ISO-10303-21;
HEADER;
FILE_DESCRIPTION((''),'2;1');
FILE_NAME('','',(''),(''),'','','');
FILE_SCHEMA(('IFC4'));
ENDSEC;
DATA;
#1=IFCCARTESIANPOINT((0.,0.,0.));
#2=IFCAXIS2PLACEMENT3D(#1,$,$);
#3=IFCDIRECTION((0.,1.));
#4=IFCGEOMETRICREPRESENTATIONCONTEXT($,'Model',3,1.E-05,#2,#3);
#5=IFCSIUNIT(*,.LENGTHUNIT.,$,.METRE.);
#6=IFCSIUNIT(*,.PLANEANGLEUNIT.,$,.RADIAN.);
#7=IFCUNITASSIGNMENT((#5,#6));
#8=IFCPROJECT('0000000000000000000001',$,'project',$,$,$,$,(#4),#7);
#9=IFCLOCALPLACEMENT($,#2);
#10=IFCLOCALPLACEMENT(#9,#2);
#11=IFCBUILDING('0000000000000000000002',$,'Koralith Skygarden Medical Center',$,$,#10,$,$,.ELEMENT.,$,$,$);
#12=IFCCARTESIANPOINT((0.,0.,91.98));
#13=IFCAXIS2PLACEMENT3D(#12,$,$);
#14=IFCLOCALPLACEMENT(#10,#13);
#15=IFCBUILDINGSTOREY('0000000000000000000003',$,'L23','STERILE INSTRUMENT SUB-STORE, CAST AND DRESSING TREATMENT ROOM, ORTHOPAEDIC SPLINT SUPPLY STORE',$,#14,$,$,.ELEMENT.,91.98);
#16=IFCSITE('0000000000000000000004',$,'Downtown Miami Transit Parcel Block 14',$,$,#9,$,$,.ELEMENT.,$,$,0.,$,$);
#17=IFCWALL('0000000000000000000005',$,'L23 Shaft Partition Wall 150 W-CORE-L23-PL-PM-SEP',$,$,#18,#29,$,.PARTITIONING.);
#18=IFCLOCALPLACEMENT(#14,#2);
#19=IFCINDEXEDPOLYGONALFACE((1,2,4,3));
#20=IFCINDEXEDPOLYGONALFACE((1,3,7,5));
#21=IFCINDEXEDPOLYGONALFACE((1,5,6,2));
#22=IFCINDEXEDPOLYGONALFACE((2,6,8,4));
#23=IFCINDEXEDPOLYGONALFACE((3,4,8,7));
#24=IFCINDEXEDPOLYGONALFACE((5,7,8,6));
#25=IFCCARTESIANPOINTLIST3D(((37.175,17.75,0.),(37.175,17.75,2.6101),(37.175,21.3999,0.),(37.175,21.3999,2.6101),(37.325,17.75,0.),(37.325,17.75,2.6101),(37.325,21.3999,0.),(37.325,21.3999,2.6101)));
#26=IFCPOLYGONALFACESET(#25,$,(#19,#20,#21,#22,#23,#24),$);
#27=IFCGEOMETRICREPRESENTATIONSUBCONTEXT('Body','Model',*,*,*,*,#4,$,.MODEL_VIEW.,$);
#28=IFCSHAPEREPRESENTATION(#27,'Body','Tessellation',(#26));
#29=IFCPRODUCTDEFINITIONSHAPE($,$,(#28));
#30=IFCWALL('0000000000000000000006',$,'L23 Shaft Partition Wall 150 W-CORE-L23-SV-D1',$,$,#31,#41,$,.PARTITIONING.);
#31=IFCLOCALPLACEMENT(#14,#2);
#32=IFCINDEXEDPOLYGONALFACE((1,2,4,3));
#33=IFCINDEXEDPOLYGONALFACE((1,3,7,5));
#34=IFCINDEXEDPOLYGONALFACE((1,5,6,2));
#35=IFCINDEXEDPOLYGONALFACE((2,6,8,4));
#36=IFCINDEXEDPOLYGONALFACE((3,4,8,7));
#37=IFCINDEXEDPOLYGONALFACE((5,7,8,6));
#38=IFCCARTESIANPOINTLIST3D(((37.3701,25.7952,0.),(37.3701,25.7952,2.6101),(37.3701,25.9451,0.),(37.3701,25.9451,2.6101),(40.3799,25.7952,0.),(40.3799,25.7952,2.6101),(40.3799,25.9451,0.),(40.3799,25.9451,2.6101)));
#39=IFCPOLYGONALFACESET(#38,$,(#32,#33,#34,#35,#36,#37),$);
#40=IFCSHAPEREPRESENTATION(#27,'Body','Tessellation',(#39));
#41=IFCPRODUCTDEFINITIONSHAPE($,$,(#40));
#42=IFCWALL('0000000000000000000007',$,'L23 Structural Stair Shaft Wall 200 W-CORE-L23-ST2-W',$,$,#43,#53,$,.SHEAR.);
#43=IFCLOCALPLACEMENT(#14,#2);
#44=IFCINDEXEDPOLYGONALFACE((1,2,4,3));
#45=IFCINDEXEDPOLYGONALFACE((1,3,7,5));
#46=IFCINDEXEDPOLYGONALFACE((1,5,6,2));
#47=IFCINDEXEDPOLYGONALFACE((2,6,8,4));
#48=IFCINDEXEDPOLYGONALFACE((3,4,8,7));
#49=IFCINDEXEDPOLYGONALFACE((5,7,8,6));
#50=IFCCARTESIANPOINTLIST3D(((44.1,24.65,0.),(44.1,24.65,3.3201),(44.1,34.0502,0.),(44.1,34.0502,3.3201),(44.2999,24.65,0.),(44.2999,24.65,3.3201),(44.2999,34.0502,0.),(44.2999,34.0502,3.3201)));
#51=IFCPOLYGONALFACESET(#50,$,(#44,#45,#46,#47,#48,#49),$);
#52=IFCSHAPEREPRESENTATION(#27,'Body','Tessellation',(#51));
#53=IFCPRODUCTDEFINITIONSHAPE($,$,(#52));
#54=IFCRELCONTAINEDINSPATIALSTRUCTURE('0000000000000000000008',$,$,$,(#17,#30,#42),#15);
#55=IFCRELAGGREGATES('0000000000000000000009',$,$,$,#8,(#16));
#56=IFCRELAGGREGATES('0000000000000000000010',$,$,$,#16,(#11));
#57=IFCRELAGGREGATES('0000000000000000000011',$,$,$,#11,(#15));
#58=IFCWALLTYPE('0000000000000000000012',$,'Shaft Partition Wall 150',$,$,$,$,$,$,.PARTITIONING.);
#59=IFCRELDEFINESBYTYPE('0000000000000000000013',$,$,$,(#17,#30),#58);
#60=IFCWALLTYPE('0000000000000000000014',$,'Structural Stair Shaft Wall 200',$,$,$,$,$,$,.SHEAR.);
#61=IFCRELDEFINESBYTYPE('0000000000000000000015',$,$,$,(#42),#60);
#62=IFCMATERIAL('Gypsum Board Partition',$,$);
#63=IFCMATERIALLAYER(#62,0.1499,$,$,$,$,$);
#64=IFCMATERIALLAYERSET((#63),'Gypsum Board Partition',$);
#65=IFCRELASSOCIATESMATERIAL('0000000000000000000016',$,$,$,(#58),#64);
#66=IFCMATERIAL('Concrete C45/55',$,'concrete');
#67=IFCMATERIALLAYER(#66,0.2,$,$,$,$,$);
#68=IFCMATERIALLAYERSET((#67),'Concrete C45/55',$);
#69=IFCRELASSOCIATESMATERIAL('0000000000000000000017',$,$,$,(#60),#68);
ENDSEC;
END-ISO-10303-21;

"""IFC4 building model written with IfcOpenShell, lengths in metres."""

from ifc_helpers import new_model, si_unit, direction, frame, frame_2d, origin, place, context, subcontext, project, spatial, rectangle, extrude, material, layer, layer_set, type_object, element, save


model = new_model("IFC4")

# Units and contexts
model_context = context("Model", 3, precision=1e-05, world=origin(), true_north=direction((0.0, 1.0)))
body_context = subcontext(model_context, "Body", "Model", "MODEL_VIEW")
ifc_project = project(units=[si_unit("LENGTHUNIT", "METRE"), si_unit("PLANEANGLEUNIT", "RADIAN")], contexts=[model_context])

# Site, building, storey
site_placement = place(None, origin())
site = spatial("IfcSite", under=ifc_project, at=site_placement, Name="Downtown Miami Transit Parcel Block 14", CompositionType="ELEMENT", RefElevation=0.0)
building_placement = place(site_placement, origin())
building = spatial("IfcBuilding", under=site, at=building_placement, Name="Koralith Skygarden Medical Center", CompositionType="ELEMENT")
storey_placement = place(building_placement, frame((0.0, 0.0, 91.98)))
storey = spatial("IfcBuildingStorey", under=building, at=storey_placement, Name="L23", Description="STERILE INSTRUMENT SUB-STORE, CAST AND DRESSING TREATMENT ROOM, ORTHOPAEDIC SPLINT SUPPLY STORE", CompositionType="ELEMENT", Elevation=91.98)

# Shared definitions
ifc_material_1 = material(Name="Concrete C45/55", Category="concrete")

# Shared definitions
ifc_material_2 = material(Name="Gypsum Board Partition")

# Walls
ifc_layer_1 = layer(ifc_material_2, 0.1499)
ifc_layer_set_1 = layer_set([ifc_layer_1], Name="Gypsum Board Partition")
wall_type_1 = type_object("IfcWallType", Name="Shaft Partition Wall 150", PredefinedType="PARTITIONING", material=ifc_layer_set_1)
wall_1_placement = place(storey_placement, frame((37.25, 17.75, 0.0), z_axis=(0.0, 0.0, 1.0), x_axis=(0.0, 1.0, 0.0)))
element("IfcWall", 1, at=wall_1_placement, inside=storey, type_object=wall_type_1, Name="L23 Shaft Partition Wall 150 W-CORE-L23-PL-PM-SEP", PredefinedType="PARTITIONING", context=body_context, shape_type="SweptSolid", body=[
    extrude(rectangle(XDim=3.6499, YDim=0.1499, at=frame_2d((1.825, 0.0))), origin(), (0.0, 0.0, 1.0), 2.6101),
])
wall_2_placement = place(storey_placement, frame((37.3701, 25.8701, 0.0), z_axis=(0.0, 0.0, 1.0), x_axis=(1.0, 0.0, 0.0)))
element("IfcWall", 2, at=wall_2_placement, inside=storey, type_object=wall_type_1, Name="L23 Shaft Partition Wall 150 W-CORE-L23-SV-D1", PredefinedType="PARTITIONING", context=body_context, shape_type="SweptSolid", body=[
    extrude(rectangle(XDim=3.0098, YDim=0.1499, at=frame_2d((1.5049, 0.0))), origin(), (0.0, 0.0, 1.0), 2.6101),
])
ifc_layer_2 = layer(ifc_material_1, 0.2)
ifc_layer_set_2 = layer_set([ifc_layer_2], Name="Concrete C45/55")
wall_type_2 = type_object("IfcWallType", Name="Structural Stair Shaft Wall 200", PredefinedType="SHEAR", material=ifc_layer_set_2)
wall_3_placement = place(storey_placement, frame((44.2, 24.6499, 0.0), z_axis=(0.0, 0.0, 1.0), x_axis=(0.0, 1.0, 0.0)))
element("IfcWall", 3, at=wall_3_placement, inside=storey, type_object=wall_type_2, Name="L23 Structural Stair Shaft Wall 200 W-CORE-L23-ST2-W", PredefinedType="SHEAR", context=body_context, shape_type="SweptSolid", body=[
    extrude(rectangle(XDim=9.4001, YDim=0.2, at=frame_2d((4.7002, 0.0))), origin(), (0.0, 0.0, 1.0), 3.3201),
])

save(model, "model.ifc")
